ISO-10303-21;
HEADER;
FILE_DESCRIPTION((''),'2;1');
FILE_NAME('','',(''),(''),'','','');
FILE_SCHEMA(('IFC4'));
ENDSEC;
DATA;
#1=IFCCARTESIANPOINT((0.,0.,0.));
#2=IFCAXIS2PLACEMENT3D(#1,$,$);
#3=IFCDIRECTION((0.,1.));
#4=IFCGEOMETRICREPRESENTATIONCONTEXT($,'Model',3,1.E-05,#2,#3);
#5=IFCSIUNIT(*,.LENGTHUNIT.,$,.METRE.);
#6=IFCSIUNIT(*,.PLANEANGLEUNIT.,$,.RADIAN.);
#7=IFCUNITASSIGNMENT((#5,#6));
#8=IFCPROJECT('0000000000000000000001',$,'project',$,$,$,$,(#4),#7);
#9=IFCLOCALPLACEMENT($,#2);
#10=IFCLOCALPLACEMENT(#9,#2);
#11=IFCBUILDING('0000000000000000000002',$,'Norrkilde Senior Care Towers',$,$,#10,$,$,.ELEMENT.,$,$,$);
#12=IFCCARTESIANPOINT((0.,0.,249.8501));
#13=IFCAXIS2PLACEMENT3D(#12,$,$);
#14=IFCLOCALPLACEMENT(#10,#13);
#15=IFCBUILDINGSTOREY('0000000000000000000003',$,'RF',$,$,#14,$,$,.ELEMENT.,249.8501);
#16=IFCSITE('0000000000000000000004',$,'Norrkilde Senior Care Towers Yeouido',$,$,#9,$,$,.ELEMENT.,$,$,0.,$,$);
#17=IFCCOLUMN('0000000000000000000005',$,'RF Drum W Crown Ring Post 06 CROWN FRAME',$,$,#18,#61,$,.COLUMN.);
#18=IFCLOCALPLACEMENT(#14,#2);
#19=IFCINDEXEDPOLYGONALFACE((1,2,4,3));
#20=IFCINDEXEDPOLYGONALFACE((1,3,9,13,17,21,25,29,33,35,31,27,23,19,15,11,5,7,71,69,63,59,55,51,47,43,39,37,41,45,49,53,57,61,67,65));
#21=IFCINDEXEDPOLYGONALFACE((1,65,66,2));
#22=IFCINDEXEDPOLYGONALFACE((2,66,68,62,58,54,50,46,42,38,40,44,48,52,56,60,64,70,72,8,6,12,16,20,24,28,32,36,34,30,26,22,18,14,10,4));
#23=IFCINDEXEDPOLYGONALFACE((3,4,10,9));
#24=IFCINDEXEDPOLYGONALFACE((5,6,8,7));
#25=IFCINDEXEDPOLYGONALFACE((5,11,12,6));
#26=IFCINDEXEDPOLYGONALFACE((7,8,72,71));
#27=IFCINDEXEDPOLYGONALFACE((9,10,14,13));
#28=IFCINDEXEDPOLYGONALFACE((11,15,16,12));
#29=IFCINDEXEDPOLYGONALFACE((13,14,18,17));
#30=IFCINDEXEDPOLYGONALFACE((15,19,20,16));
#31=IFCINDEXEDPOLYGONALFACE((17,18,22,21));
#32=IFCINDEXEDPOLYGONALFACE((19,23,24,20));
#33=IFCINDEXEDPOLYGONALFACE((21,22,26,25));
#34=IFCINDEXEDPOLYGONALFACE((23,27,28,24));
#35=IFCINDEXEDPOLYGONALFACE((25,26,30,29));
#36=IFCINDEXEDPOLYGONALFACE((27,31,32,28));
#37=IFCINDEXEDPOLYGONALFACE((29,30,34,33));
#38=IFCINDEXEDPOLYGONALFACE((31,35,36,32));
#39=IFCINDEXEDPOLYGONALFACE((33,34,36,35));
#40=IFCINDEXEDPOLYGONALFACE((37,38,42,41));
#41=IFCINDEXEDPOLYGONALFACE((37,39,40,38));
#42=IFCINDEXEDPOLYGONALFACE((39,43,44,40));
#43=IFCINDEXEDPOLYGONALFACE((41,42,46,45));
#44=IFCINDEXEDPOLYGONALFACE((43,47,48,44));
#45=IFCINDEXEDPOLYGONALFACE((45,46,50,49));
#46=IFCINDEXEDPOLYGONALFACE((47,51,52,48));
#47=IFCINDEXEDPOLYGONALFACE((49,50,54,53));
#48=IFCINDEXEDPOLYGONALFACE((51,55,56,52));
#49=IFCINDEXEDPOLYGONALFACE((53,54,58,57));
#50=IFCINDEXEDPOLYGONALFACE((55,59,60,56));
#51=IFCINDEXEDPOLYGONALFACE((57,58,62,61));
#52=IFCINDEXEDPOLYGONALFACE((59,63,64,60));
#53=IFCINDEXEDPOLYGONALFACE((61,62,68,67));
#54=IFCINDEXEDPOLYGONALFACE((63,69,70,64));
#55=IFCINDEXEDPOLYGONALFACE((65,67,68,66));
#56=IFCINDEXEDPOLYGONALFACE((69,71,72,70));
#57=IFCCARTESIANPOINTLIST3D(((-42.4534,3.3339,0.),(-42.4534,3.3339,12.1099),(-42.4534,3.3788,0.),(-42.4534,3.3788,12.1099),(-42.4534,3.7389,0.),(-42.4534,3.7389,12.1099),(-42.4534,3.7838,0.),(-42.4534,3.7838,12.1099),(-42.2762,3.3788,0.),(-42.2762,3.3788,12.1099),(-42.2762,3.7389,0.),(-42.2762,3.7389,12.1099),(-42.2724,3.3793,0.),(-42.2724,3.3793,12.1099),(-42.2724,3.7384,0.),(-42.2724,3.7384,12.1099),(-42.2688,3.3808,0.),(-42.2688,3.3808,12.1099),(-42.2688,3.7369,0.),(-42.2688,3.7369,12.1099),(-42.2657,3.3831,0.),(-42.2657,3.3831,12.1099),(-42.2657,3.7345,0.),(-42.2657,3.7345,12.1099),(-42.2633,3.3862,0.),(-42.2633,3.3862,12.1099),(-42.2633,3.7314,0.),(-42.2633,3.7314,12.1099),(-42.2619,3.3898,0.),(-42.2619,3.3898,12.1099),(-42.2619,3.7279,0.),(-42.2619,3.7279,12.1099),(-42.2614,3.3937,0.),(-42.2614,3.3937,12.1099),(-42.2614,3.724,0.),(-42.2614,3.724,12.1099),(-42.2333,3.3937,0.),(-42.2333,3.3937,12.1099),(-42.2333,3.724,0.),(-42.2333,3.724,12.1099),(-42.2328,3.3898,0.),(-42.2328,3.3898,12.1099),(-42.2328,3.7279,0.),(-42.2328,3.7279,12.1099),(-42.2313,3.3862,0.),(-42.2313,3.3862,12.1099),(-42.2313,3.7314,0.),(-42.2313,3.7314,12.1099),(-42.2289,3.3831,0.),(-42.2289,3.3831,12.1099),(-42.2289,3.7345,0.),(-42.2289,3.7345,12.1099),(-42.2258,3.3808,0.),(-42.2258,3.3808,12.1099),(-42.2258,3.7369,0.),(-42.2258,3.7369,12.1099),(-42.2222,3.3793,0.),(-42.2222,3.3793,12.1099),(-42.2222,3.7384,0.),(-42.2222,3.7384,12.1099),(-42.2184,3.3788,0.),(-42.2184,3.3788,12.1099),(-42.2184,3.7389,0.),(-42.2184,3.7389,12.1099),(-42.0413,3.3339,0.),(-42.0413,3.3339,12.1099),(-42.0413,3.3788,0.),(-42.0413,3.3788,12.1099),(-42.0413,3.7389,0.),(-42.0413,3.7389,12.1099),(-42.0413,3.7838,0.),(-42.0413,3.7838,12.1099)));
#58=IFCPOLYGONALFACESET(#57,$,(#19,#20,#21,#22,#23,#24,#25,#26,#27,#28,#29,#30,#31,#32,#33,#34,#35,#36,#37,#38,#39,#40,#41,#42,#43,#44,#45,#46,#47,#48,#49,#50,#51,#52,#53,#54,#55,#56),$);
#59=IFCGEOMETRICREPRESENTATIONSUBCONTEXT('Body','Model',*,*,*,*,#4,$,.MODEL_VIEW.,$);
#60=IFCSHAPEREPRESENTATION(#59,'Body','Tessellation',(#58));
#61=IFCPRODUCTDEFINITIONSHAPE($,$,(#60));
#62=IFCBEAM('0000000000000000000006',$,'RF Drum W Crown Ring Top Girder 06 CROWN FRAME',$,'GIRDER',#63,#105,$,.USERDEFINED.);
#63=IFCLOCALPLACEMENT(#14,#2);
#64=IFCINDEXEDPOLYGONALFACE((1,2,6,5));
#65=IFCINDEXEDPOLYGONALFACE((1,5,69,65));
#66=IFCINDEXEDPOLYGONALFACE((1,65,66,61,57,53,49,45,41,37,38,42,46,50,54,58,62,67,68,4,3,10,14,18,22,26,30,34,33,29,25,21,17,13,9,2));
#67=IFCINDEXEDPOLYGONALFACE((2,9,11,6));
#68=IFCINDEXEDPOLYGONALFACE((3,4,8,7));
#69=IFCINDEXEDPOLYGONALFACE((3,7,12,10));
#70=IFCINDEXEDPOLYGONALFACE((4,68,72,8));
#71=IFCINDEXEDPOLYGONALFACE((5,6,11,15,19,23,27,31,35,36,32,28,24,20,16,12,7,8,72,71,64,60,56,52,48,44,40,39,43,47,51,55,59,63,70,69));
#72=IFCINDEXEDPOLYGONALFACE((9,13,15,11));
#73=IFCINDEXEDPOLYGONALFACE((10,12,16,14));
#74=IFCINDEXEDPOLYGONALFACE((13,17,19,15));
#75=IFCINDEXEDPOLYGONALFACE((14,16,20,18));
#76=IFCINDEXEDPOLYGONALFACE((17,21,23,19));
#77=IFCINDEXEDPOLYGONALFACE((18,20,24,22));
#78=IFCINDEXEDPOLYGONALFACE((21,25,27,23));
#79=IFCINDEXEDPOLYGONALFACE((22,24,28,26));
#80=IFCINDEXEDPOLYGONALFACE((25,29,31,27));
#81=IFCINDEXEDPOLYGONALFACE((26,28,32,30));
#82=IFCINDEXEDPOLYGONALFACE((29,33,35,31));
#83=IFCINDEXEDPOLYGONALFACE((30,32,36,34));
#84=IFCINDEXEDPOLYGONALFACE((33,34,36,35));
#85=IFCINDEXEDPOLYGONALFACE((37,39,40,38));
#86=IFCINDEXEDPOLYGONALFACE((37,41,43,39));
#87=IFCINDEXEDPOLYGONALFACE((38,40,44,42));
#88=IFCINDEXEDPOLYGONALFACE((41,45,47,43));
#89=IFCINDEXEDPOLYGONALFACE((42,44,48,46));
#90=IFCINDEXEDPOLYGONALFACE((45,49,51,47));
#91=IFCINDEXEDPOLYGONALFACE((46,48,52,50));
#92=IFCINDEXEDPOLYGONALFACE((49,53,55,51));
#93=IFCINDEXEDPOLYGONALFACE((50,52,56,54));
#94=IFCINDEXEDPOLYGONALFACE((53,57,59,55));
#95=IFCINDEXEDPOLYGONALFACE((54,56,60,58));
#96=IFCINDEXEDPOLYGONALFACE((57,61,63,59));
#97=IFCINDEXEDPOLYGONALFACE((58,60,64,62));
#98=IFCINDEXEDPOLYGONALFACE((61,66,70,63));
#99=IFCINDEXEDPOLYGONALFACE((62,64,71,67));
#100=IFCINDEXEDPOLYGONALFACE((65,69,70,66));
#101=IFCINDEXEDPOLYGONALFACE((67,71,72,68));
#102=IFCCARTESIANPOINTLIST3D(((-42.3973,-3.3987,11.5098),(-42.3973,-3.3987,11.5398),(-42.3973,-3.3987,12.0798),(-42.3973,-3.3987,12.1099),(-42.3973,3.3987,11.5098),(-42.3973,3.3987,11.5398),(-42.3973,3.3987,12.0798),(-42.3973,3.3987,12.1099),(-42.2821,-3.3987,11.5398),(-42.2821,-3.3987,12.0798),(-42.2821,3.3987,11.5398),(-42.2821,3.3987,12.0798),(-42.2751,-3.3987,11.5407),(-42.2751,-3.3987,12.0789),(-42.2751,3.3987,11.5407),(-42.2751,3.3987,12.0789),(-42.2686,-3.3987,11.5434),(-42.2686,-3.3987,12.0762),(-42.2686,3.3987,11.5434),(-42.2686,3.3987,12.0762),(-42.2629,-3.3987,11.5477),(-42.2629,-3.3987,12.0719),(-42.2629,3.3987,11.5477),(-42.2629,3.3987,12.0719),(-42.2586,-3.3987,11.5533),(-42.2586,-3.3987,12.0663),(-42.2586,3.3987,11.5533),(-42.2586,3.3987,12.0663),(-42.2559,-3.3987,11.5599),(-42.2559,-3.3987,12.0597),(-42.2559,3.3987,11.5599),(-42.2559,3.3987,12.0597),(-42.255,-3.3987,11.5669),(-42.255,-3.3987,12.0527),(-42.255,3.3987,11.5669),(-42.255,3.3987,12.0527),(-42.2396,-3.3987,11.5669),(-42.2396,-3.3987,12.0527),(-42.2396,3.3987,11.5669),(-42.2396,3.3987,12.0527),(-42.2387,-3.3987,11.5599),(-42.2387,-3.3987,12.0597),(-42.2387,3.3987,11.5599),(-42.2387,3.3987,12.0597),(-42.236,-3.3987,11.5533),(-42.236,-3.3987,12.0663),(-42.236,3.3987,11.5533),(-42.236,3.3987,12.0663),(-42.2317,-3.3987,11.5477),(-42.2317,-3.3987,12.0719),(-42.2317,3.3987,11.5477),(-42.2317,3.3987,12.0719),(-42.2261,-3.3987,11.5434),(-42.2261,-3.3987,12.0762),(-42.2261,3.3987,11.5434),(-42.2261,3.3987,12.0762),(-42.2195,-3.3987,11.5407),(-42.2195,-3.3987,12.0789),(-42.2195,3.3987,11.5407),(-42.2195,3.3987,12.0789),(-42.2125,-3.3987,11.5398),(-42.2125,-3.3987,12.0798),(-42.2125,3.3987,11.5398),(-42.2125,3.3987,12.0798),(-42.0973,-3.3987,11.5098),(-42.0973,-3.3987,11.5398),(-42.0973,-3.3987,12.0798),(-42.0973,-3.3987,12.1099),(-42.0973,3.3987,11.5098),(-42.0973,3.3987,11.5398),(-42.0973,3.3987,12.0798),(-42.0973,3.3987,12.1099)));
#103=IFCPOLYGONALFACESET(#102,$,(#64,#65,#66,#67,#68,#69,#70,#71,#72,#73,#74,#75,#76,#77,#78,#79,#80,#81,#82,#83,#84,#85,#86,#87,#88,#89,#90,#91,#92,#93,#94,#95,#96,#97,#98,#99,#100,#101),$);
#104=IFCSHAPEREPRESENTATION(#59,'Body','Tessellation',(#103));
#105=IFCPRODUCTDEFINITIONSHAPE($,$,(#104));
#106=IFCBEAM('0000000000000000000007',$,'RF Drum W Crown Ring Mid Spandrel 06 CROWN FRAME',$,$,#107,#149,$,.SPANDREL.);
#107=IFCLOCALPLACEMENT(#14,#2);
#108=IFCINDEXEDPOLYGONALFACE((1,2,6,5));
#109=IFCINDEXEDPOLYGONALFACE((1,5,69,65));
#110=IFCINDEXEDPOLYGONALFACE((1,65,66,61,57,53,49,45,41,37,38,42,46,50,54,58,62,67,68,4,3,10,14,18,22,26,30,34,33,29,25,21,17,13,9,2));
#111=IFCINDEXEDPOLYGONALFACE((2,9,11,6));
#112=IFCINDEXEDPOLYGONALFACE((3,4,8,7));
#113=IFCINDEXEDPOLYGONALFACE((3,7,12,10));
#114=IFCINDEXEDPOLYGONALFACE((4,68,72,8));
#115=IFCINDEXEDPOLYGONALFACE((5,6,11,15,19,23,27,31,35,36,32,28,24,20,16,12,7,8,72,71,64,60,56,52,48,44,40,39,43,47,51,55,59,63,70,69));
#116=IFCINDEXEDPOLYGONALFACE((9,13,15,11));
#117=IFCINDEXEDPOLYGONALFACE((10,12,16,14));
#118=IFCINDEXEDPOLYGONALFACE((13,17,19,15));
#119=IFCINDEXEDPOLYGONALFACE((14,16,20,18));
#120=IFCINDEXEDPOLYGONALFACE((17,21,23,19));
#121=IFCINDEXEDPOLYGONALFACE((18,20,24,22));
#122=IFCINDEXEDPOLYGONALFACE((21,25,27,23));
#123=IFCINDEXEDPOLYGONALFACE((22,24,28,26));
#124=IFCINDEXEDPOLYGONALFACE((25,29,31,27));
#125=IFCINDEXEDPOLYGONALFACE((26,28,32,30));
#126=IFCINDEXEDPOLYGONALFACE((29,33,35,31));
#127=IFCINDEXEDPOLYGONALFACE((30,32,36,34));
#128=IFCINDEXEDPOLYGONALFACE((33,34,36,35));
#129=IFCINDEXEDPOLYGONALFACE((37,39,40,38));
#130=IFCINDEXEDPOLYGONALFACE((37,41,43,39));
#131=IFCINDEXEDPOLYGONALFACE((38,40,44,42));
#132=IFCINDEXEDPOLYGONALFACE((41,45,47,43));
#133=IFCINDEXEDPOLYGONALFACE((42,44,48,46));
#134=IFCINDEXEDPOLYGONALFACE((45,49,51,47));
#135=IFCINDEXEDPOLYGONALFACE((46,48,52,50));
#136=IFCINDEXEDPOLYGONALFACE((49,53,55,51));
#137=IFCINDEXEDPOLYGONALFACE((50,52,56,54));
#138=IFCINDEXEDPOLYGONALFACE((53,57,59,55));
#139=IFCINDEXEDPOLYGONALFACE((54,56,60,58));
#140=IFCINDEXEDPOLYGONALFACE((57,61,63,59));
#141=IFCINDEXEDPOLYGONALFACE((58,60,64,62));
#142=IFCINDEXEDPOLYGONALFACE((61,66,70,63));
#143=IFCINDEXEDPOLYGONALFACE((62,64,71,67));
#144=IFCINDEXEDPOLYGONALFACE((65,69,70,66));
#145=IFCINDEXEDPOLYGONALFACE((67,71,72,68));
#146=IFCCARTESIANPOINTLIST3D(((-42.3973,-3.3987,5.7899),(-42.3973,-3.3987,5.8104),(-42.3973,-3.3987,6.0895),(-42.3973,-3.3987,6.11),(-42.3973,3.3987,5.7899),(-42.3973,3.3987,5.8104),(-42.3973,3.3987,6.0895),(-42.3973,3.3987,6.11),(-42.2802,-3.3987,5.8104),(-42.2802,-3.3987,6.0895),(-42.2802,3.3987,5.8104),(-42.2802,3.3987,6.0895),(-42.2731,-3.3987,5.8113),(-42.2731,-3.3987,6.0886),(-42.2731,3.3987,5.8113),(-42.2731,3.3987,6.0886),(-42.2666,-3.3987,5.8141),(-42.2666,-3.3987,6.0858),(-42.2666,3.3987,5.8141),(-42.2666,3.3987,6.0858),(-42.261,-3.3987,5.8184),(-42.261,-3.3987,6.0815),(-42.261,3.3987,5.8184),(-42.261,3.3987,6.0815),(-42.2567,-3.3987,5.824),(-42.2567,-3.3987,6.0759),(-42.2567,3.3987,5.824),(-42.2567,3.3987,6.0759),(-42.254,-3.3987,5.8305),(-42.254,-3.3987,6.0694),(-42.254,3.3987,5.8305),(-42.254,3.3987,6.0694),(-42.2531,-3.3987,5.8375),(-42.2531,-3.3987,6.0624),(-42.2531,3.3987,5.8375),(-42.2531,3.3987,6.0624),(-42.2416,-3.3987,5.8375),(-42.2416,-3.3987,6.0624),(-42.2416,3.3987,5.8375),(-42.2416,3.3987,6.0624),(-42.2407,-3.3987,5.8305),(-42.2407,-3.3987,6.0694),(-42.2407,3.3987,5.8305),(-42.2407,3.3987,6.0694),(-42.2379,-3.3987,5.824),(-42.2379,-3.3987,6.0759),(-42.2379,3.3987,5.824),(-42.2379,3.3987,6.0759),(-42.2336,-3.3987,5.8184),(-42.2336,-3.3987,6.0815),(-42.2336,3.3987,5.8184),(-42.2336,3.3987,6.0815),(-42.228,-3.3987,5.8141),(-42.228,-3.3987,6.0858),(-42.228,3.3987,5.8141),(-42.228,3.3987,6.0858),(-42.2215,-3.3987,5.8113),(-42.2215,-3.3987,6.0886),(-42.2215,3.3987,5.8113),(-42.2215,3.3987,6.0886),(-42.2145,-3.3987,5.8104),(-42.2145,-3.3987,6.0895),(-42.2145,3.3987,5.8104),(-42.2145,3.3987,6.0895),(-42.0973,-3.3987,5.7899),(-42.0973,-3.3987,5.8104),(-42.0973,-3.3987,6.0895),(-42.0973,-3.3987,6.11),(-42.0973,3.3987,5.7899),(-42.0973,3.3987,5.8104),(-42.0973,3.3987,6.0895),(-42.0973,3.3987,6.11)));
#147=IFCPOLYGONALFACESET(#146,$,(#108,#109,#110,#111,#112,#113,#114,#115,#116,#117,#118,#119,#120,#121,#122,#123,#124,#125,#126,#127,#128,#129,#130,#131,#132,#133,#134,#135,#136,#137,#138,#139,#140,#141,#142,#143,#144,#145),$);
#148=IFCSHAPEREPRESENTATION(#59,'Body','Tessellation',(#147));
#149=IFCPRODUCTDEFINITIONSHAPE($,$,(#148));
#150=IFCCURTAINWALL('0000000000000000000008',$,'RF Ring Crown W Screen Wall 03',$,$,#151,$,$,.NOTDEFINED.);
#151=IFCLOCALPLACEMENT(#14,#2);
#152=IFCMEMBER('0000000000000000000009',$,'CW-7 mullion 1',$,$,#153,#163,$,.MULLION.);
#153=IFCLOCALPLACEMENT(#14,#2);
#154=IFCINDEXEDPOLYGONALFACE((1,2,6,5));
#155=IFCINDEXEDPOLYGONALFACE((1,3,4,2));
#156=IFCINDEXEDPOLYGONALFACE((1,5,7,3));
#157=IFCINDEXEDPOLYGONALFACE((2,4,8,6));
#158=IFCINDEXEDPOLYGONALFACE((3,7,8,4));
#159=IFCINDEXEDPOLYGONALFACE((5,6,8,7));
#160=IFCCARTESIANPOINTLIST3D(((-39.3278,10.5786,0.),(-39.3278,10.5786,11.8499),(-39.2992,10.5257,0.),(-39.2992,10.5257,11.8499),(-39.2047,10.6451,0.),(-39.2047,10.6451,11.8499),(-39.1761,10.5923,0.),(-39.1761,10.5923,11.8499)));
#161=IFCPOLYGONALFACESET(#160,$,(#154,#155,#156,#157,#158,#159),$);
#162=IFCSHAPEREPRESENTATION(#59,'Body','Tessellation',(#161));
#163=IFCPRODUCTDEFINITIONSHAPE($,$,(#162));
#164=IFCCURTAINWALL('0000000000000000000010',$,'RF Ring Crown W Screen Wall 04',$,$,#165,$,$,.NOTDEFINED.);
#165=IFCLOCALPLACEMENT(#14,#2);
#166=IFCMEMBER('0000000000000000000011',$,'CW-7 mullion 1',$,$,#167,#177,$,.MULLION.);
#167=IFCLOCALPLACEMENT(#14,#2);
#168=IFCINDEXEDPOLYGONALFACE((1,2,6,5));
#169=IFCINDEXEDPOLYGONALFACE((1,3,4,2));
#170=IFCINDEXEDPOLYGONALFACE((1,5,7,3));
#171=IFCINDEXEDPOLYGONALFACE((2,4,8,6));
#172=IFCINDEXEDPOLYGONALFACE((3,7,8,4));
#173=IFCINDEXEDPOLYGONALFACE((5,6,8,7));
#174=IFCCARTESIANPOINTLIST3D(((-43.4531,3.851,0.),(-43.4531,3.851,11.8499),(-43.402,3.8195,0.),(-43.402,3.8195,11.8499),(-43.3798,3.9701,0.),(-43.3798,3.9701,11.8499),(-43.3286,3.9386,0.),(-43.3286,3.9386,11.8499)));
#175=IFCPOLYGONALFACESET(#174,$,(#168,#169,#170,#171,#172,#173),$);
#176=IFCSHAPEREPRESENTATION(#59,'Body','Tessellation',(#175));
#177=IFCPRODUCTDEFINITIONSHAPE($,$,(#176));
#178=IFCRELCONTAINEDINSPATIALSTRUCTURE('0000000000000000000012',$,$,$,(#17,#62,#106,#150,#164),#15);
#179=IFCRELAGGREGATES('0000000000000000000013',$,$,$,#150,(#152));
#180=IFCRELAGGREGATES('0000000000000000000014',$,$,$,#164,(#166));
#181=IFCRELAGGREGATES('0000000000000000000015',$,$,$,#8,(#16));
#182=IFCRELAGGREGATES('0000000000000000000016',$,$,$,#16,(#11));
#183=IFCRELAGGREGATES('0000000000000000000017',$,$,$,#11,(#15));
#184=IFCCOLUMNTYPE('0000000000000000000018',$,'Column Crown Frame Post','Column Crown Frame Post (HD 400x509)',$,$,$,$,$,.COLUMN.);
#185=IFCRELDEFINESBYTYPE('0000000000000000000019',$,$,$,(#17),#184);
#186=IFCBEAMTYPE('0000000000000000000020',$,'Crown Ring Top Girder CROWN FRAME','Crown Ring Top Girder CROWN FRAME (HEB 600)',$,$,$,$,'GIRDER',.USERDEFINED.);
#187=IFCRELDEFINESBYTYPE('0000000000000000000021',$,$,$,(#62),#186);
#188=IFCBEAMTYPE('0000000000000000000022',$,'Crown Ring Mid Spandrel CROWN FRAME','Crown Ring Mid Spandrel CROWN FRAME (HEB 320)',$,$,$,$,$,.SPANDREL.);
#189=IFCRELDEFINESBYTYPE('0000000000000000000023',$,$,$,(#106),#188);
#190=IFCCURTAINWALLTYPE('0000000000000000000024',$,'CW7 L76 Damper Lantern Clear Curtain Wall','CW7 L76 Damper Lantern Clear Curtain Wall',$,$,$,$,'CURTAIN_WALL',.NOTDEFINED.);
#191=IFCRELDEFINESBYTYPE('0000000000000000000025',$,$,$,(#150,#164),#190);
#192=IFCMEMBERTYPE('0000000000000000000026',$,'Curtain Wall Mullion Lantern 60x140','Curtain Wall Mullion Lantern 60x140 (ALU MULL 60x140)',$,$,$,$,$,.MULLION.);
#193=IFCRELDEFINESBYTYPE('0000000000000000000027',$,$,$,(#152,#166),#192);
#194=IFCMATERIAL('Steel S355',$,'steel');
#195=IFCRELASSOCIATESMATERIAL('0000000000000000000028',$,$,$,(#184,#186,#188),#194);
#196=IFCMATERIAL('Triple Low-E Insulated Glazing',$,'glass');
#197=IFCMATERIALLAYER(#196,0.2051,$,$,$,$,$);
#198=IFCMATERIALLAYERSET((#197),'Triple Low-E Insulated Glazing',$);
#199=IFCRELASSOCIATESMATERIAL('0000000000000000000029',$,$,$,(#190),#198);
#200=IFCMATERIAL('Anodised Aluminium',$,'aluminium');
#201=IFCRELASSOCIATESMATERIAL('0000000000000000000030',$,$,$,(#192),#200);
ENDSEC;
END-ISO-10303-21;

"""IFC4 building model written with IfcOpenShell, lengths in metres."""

from ifc_helpers import new_model, si_unit, direction, frame, origin, origin_2d, place, context, subcontext, project, spatial, rectangle, i_section, extrude, source, transform, mapped, material, layer, layer_set, material_profile, profile_set, type_object, type_shapes, element, aggregate, save


model = new_model("IFC4")

# Units and contexts
model_context = context("Model", 3, precision=1e-05, world=origin(), true_north=direction((0.0, 1.0)))
body_context = subcontext(model_context, "Body", "Model", "MODEL_VIEW")
ifc_project = project(units=[si_unit("LENGTHUNIT", "METRE"), si_unit("PLANEANGLEUNIT", "RADIAN")], contexts=[model_context])

# Site, building, storey
site_placement = place(None, origin())
site = spatial("IfcSite", under=ifc_project, at=site_placement, Name="Norrkilde Senior Care Towers Yeouido", CompositionType="ELEMENT", RefElevation=0.0)
building_placement = place(site_placement, origin())
building = spatial("IfcBuilding", under=site, at=building_placement, Name="Norrkilde Senior Care Towers", CompositionType="ELEMENT")
storey_placement = place(building_placement, frame((0.0, 0.0, 249.8501)))
storey = spatial("IfcBuildingStorey", under=building, at=storey_placement, Name="RF", CompositionType="ELEMENT", Elevation=249.8501)

# Column
ifc_material_1 = material(Name="Steel S355", Category="steel")
ifc_material_profile_1 = material_profile(ifc_material_1, i_section(OverallWidth=0.4121, OverallDepth=0.45, WebThickness=0.0281, FlangeThickness=0.0449, FilletRadius=0.0149, at=origin_2d()), Name="HD 400x509")
ifc_profile_set_1 = profile_set([ifc_material_profile_1], Name="Steel S355")
column_type = type_object("IfcColumnType", Name="Column Crown Frame Post", Description="Column Crown Frame Post (HD 400x509)", PredefinedType="COLUMN", material=ifc_profile_set_1)
shared_shape_1 = source(origin(), body_context, "Body", "SweptSolid", [
    extrude(i_section(OverallWidth=0.4121, OverallDepth=0.45, WebThickness=0.0281, FlangeThickness=0.0449, FilletRadius=0.0149, at=origin_2d()), origin(), (0.0, 0.0, 1.0), 12.1099),
])
type_shapes(column_type, [shared_shape_1])
column_placement = place(storey_placement, frame((-42.2473, 3.5588, 0.0), z_axis=(0.0, 0.0, 1.0), x_axis=(1.0, 0.0, 0.0)))
element("IfcColumn", 1, at=column_placement, inside=storey, type_object=column_type, Name="RF Drum W Crown Ring Post 06 CROWN FRAME", PredefinedType="COLUMN", context=body_context, shape_type="MappedRepresentation", body=[
    mapped(shared_shape_1, transform((0.0, 0.0, 0.0), x_axis=(1.0, 0.0, 0.0), y_axis=(0.0, 1.0, 0.0), z_axis=(0.0, 0.0, 1.0), scale=1.0)),
])

# Beams
ifc_material_profile_2 = material_profile(ifc_material_1, i_section(OverallWidth=0.3, OverallDepth=0.6001, WebThickness=0.0154, FlangeThickness=0.03, FilletRadius=0.0271, at=origin_2d()), Name="HEB 600")
ifc_profile_set_2 = profile_set([ifc_material_profile_2], Name="Steel S355")
beam_type_1 = type_object("IfcBeamType", Name="Crown Ring Top Girder CROWN FRAME", Description="Crown Ring Top Girder CROWN FRAME (HEB 600)", ElementType="GIRDER", PredefinedType="USERDEFINED", material=ifc_profile_set_2)
shared_shape_2 = source(origin(), body_context, "Body", "SweptSolid", [
    extrude(i_section(OverallWidth=0.3, OverallDepth=0.6001, WebThickness=0.0154, FlangeThickness=0.03, FilletRadius=0.0271, at=origin_2d()), origin(), (0.0, 0.0, 1.0), 6.7974),
])
type_shapes(beam_type_1, [shared_shape_2])
beam_1_placement = place(storey_placement, frame((-42.2473, 3.3987, 11.8098), z_axis=(0.0, -1.0, 0.0), x_axis=(1.0, 0.0, 0.0)))
element("IfcBeam", 2, at=beam_1_placement, inside=storey, type_object=beam_type_1, Name="RF Drum W Crown Ring Top Girder 06 CROWN FRAME", ObjectType="GIRDER", PredefinedType="USERDEFINED", context=body_context, shape_type="MappedRepresentation", body=[
    mapped(shared_shape_2, transform((0.0, 0.0, 0.0), x_axis=(1.0, 0.0, 0.0), y_axis=(0.0, 1.0, 0.0), z_axis=(0.0, 0.0, 1.0), scale=1.0)),
])
ifc_material_profile_3 = material_profile(ifc_material_1, i_section(OverallWidth=0.3, OverallDepth=0.3201, WebThickness=0.0115, FlangeThickness=0.0205, FilletRadius=0.0271, at=origin_2d()), Name="HEB 320")
ifc_profile_set_3 = profile_set([ifc_material_profile_3], Name="Steel S355")
beam_type_2 = type_object("IfcBeamType", Name="Crown Ring Mid Spandrel CROWN FRAME", Description="Crown Ring Mid Spandrel CROWN FRAME (HEB 320)", PredefinedType="SPANDREL", material=ifc_profile_set_3)
shared_shape_3 = source(origin(), body_context, "Body", "SweptSolid", [
    extrude(i_section(OverallWidth=0.3, OverallDepth=0.3201, WebThickness=0.0115, FlangeThickness=0.0205, FilletRadius=0.0271, at=origin_2d()), origin(), (0.0, 0.0, 1.0), 6.7974),
])
type_shapes(beam_type_2, [shared_shape_3])
beam_2_placement = place(storey_placement, frame((-42.2473, 3.3987, 5.95), z_axis=(0.0, -1.0, 0.0), x_axis=(1.0, 0.0, 0.0)))
element("IfcBeam", 3, at=beam_2_placement, inside=storey, type_object=beam_type_2, Name="RF Drum W Crown Ring Mid Spandrel 06 CROWN FRAME", PredefinedType="SPANDREL", context=body_context, shape_type="MappedRepresentation", body=[
    mapped(shared_shape_3, transform((0.0, 0.0, 0.0), x_axis=(1.0, 0.0, 0.0), y_axis=(0.0, 1.0, 0.0), z_axis=(0.0, 0.0, 1.0), scale=1.0)),
])

# Curtain wall, member
ifc_material_2 = material(Name="Triple Low-E Insulated Glazing", Category="glass")
ifc_layer_1 = layer(ifc_material_2, 0.2051)
ifc_layer_set_1 = layer_set([ifc_layer_1], Name="Triple Low-E Insulated Glazing")
curtain_wall_type = type_object("IfcCurtainWallType", Name="CW7 L76 Damper Lantern Clear Curtain Wall", Description="CW7 L76 Damper Lantern Clear Curtain Wall", ElementType="CURTAIN_WALL", PredefinedType="NOTDEFINED", material=ifc_layer_set_1)
curtain_wall_1_placement = place(storey_placement, origin())
curtain_wall_1 = element("IfcCurtainWall", 4, at=curtain_wall_1_placement, inside=storey, type_object=curtain_wall_type, Name="RF Ring Crown W Screen Wall 03", PredefinedType="NOTDEFINED")
ifc_material_3 = material(Name="Anodised Aluminium", Category="aluminium")
ifc_material_profile_4 = material_profile(ifc_material_3, rectangle(XDim=0.0601, YDim=0.1399, at=origin_2d()), Name="ALU MULL 60x140")
ifc_profile_set_4 = profile_set([ifc_material_profile_4], Name="Anodised Aluminium")
member_type_1 = type_object("IfcMemberType", Name="Curtain Wall Mullion Lantern 60x140", Description="Curtain Wall Mullion Lantern 60x140 (ALU MULL 60x140)", PredefinedType="MULLION", material=ifc_profile_set_4)
shared_shape_4 = source(origin(), body_context, "Body", "SweptSolid", [
    extrude(rectangle(XDim=0.0601, YDim=0.1399, at=origin_2d()), origin(), (0.0, 0.0, 1.0), 11.8499),
])
type_shapes(member_type_1, [shared_shape_4])
member_1_placement = place(storey_placement, frame((-39.252, 10.5854, 0.0), z_axis=(0.0, 0.0, 1.0), x_axis=(-0.475934, 0.879481, 0.0)))
member_1 = element("IfcMember", 5, at=member_1_placement, type_object=member_type_1, Name="CW-7 mullion 1", PredefinedType="MULLION", context=body_context, shape_type="MappedRepresentation", body=[
    mapped(shared_shape_4, transform((0.0, 0.0, 0.0), x_axis=(1.0, 0.0, 0.0), y_axis=(0.0, 1.0, 0.0), z_axis=(0.0, 0.0, 1.0), scale=1.0)),
])

# Curtain wall, member
curtain_wall_2_placement = place(storey_placement, origin())
curtain_wall_2 = element("IfcCurtainWall", 6, at=curtain_wall_2_placement, inside=storey, type_object=curtain_wall_type, Name="RF Ring Crown W Screen Wall 04", PredefinedType="NOTDEFINED")
member_2_placement = place(storey_placement, frame((-43.3909, 3.8948, 0.0), z_axis=(0.0, 0.0, 1.0), x_axis=(-0.851436, 0.524458, 0.0)))
member_2 = element("IfcMember", 7, at=member_2_placement, type_object=member_type_1, Name="CW-7 mullion 1", PredefinedType="MULLION", context=body_context, shape_type="MappedRepresentation", body=[
    mapped(shared_shape_4, transform((0.0, 0.0, 0.0), x_axis=(1.0, 0.0, 0.0), y_axis=(0.0, 1.0, 0.0), z_axis=(0.0, 0.0, 1.0), scale=1.0)),
])

aggregate(curtain_wall_1, [member_1])

aggregate(curtain_wall_2, [member_2])

save(model, "model.ifc")
